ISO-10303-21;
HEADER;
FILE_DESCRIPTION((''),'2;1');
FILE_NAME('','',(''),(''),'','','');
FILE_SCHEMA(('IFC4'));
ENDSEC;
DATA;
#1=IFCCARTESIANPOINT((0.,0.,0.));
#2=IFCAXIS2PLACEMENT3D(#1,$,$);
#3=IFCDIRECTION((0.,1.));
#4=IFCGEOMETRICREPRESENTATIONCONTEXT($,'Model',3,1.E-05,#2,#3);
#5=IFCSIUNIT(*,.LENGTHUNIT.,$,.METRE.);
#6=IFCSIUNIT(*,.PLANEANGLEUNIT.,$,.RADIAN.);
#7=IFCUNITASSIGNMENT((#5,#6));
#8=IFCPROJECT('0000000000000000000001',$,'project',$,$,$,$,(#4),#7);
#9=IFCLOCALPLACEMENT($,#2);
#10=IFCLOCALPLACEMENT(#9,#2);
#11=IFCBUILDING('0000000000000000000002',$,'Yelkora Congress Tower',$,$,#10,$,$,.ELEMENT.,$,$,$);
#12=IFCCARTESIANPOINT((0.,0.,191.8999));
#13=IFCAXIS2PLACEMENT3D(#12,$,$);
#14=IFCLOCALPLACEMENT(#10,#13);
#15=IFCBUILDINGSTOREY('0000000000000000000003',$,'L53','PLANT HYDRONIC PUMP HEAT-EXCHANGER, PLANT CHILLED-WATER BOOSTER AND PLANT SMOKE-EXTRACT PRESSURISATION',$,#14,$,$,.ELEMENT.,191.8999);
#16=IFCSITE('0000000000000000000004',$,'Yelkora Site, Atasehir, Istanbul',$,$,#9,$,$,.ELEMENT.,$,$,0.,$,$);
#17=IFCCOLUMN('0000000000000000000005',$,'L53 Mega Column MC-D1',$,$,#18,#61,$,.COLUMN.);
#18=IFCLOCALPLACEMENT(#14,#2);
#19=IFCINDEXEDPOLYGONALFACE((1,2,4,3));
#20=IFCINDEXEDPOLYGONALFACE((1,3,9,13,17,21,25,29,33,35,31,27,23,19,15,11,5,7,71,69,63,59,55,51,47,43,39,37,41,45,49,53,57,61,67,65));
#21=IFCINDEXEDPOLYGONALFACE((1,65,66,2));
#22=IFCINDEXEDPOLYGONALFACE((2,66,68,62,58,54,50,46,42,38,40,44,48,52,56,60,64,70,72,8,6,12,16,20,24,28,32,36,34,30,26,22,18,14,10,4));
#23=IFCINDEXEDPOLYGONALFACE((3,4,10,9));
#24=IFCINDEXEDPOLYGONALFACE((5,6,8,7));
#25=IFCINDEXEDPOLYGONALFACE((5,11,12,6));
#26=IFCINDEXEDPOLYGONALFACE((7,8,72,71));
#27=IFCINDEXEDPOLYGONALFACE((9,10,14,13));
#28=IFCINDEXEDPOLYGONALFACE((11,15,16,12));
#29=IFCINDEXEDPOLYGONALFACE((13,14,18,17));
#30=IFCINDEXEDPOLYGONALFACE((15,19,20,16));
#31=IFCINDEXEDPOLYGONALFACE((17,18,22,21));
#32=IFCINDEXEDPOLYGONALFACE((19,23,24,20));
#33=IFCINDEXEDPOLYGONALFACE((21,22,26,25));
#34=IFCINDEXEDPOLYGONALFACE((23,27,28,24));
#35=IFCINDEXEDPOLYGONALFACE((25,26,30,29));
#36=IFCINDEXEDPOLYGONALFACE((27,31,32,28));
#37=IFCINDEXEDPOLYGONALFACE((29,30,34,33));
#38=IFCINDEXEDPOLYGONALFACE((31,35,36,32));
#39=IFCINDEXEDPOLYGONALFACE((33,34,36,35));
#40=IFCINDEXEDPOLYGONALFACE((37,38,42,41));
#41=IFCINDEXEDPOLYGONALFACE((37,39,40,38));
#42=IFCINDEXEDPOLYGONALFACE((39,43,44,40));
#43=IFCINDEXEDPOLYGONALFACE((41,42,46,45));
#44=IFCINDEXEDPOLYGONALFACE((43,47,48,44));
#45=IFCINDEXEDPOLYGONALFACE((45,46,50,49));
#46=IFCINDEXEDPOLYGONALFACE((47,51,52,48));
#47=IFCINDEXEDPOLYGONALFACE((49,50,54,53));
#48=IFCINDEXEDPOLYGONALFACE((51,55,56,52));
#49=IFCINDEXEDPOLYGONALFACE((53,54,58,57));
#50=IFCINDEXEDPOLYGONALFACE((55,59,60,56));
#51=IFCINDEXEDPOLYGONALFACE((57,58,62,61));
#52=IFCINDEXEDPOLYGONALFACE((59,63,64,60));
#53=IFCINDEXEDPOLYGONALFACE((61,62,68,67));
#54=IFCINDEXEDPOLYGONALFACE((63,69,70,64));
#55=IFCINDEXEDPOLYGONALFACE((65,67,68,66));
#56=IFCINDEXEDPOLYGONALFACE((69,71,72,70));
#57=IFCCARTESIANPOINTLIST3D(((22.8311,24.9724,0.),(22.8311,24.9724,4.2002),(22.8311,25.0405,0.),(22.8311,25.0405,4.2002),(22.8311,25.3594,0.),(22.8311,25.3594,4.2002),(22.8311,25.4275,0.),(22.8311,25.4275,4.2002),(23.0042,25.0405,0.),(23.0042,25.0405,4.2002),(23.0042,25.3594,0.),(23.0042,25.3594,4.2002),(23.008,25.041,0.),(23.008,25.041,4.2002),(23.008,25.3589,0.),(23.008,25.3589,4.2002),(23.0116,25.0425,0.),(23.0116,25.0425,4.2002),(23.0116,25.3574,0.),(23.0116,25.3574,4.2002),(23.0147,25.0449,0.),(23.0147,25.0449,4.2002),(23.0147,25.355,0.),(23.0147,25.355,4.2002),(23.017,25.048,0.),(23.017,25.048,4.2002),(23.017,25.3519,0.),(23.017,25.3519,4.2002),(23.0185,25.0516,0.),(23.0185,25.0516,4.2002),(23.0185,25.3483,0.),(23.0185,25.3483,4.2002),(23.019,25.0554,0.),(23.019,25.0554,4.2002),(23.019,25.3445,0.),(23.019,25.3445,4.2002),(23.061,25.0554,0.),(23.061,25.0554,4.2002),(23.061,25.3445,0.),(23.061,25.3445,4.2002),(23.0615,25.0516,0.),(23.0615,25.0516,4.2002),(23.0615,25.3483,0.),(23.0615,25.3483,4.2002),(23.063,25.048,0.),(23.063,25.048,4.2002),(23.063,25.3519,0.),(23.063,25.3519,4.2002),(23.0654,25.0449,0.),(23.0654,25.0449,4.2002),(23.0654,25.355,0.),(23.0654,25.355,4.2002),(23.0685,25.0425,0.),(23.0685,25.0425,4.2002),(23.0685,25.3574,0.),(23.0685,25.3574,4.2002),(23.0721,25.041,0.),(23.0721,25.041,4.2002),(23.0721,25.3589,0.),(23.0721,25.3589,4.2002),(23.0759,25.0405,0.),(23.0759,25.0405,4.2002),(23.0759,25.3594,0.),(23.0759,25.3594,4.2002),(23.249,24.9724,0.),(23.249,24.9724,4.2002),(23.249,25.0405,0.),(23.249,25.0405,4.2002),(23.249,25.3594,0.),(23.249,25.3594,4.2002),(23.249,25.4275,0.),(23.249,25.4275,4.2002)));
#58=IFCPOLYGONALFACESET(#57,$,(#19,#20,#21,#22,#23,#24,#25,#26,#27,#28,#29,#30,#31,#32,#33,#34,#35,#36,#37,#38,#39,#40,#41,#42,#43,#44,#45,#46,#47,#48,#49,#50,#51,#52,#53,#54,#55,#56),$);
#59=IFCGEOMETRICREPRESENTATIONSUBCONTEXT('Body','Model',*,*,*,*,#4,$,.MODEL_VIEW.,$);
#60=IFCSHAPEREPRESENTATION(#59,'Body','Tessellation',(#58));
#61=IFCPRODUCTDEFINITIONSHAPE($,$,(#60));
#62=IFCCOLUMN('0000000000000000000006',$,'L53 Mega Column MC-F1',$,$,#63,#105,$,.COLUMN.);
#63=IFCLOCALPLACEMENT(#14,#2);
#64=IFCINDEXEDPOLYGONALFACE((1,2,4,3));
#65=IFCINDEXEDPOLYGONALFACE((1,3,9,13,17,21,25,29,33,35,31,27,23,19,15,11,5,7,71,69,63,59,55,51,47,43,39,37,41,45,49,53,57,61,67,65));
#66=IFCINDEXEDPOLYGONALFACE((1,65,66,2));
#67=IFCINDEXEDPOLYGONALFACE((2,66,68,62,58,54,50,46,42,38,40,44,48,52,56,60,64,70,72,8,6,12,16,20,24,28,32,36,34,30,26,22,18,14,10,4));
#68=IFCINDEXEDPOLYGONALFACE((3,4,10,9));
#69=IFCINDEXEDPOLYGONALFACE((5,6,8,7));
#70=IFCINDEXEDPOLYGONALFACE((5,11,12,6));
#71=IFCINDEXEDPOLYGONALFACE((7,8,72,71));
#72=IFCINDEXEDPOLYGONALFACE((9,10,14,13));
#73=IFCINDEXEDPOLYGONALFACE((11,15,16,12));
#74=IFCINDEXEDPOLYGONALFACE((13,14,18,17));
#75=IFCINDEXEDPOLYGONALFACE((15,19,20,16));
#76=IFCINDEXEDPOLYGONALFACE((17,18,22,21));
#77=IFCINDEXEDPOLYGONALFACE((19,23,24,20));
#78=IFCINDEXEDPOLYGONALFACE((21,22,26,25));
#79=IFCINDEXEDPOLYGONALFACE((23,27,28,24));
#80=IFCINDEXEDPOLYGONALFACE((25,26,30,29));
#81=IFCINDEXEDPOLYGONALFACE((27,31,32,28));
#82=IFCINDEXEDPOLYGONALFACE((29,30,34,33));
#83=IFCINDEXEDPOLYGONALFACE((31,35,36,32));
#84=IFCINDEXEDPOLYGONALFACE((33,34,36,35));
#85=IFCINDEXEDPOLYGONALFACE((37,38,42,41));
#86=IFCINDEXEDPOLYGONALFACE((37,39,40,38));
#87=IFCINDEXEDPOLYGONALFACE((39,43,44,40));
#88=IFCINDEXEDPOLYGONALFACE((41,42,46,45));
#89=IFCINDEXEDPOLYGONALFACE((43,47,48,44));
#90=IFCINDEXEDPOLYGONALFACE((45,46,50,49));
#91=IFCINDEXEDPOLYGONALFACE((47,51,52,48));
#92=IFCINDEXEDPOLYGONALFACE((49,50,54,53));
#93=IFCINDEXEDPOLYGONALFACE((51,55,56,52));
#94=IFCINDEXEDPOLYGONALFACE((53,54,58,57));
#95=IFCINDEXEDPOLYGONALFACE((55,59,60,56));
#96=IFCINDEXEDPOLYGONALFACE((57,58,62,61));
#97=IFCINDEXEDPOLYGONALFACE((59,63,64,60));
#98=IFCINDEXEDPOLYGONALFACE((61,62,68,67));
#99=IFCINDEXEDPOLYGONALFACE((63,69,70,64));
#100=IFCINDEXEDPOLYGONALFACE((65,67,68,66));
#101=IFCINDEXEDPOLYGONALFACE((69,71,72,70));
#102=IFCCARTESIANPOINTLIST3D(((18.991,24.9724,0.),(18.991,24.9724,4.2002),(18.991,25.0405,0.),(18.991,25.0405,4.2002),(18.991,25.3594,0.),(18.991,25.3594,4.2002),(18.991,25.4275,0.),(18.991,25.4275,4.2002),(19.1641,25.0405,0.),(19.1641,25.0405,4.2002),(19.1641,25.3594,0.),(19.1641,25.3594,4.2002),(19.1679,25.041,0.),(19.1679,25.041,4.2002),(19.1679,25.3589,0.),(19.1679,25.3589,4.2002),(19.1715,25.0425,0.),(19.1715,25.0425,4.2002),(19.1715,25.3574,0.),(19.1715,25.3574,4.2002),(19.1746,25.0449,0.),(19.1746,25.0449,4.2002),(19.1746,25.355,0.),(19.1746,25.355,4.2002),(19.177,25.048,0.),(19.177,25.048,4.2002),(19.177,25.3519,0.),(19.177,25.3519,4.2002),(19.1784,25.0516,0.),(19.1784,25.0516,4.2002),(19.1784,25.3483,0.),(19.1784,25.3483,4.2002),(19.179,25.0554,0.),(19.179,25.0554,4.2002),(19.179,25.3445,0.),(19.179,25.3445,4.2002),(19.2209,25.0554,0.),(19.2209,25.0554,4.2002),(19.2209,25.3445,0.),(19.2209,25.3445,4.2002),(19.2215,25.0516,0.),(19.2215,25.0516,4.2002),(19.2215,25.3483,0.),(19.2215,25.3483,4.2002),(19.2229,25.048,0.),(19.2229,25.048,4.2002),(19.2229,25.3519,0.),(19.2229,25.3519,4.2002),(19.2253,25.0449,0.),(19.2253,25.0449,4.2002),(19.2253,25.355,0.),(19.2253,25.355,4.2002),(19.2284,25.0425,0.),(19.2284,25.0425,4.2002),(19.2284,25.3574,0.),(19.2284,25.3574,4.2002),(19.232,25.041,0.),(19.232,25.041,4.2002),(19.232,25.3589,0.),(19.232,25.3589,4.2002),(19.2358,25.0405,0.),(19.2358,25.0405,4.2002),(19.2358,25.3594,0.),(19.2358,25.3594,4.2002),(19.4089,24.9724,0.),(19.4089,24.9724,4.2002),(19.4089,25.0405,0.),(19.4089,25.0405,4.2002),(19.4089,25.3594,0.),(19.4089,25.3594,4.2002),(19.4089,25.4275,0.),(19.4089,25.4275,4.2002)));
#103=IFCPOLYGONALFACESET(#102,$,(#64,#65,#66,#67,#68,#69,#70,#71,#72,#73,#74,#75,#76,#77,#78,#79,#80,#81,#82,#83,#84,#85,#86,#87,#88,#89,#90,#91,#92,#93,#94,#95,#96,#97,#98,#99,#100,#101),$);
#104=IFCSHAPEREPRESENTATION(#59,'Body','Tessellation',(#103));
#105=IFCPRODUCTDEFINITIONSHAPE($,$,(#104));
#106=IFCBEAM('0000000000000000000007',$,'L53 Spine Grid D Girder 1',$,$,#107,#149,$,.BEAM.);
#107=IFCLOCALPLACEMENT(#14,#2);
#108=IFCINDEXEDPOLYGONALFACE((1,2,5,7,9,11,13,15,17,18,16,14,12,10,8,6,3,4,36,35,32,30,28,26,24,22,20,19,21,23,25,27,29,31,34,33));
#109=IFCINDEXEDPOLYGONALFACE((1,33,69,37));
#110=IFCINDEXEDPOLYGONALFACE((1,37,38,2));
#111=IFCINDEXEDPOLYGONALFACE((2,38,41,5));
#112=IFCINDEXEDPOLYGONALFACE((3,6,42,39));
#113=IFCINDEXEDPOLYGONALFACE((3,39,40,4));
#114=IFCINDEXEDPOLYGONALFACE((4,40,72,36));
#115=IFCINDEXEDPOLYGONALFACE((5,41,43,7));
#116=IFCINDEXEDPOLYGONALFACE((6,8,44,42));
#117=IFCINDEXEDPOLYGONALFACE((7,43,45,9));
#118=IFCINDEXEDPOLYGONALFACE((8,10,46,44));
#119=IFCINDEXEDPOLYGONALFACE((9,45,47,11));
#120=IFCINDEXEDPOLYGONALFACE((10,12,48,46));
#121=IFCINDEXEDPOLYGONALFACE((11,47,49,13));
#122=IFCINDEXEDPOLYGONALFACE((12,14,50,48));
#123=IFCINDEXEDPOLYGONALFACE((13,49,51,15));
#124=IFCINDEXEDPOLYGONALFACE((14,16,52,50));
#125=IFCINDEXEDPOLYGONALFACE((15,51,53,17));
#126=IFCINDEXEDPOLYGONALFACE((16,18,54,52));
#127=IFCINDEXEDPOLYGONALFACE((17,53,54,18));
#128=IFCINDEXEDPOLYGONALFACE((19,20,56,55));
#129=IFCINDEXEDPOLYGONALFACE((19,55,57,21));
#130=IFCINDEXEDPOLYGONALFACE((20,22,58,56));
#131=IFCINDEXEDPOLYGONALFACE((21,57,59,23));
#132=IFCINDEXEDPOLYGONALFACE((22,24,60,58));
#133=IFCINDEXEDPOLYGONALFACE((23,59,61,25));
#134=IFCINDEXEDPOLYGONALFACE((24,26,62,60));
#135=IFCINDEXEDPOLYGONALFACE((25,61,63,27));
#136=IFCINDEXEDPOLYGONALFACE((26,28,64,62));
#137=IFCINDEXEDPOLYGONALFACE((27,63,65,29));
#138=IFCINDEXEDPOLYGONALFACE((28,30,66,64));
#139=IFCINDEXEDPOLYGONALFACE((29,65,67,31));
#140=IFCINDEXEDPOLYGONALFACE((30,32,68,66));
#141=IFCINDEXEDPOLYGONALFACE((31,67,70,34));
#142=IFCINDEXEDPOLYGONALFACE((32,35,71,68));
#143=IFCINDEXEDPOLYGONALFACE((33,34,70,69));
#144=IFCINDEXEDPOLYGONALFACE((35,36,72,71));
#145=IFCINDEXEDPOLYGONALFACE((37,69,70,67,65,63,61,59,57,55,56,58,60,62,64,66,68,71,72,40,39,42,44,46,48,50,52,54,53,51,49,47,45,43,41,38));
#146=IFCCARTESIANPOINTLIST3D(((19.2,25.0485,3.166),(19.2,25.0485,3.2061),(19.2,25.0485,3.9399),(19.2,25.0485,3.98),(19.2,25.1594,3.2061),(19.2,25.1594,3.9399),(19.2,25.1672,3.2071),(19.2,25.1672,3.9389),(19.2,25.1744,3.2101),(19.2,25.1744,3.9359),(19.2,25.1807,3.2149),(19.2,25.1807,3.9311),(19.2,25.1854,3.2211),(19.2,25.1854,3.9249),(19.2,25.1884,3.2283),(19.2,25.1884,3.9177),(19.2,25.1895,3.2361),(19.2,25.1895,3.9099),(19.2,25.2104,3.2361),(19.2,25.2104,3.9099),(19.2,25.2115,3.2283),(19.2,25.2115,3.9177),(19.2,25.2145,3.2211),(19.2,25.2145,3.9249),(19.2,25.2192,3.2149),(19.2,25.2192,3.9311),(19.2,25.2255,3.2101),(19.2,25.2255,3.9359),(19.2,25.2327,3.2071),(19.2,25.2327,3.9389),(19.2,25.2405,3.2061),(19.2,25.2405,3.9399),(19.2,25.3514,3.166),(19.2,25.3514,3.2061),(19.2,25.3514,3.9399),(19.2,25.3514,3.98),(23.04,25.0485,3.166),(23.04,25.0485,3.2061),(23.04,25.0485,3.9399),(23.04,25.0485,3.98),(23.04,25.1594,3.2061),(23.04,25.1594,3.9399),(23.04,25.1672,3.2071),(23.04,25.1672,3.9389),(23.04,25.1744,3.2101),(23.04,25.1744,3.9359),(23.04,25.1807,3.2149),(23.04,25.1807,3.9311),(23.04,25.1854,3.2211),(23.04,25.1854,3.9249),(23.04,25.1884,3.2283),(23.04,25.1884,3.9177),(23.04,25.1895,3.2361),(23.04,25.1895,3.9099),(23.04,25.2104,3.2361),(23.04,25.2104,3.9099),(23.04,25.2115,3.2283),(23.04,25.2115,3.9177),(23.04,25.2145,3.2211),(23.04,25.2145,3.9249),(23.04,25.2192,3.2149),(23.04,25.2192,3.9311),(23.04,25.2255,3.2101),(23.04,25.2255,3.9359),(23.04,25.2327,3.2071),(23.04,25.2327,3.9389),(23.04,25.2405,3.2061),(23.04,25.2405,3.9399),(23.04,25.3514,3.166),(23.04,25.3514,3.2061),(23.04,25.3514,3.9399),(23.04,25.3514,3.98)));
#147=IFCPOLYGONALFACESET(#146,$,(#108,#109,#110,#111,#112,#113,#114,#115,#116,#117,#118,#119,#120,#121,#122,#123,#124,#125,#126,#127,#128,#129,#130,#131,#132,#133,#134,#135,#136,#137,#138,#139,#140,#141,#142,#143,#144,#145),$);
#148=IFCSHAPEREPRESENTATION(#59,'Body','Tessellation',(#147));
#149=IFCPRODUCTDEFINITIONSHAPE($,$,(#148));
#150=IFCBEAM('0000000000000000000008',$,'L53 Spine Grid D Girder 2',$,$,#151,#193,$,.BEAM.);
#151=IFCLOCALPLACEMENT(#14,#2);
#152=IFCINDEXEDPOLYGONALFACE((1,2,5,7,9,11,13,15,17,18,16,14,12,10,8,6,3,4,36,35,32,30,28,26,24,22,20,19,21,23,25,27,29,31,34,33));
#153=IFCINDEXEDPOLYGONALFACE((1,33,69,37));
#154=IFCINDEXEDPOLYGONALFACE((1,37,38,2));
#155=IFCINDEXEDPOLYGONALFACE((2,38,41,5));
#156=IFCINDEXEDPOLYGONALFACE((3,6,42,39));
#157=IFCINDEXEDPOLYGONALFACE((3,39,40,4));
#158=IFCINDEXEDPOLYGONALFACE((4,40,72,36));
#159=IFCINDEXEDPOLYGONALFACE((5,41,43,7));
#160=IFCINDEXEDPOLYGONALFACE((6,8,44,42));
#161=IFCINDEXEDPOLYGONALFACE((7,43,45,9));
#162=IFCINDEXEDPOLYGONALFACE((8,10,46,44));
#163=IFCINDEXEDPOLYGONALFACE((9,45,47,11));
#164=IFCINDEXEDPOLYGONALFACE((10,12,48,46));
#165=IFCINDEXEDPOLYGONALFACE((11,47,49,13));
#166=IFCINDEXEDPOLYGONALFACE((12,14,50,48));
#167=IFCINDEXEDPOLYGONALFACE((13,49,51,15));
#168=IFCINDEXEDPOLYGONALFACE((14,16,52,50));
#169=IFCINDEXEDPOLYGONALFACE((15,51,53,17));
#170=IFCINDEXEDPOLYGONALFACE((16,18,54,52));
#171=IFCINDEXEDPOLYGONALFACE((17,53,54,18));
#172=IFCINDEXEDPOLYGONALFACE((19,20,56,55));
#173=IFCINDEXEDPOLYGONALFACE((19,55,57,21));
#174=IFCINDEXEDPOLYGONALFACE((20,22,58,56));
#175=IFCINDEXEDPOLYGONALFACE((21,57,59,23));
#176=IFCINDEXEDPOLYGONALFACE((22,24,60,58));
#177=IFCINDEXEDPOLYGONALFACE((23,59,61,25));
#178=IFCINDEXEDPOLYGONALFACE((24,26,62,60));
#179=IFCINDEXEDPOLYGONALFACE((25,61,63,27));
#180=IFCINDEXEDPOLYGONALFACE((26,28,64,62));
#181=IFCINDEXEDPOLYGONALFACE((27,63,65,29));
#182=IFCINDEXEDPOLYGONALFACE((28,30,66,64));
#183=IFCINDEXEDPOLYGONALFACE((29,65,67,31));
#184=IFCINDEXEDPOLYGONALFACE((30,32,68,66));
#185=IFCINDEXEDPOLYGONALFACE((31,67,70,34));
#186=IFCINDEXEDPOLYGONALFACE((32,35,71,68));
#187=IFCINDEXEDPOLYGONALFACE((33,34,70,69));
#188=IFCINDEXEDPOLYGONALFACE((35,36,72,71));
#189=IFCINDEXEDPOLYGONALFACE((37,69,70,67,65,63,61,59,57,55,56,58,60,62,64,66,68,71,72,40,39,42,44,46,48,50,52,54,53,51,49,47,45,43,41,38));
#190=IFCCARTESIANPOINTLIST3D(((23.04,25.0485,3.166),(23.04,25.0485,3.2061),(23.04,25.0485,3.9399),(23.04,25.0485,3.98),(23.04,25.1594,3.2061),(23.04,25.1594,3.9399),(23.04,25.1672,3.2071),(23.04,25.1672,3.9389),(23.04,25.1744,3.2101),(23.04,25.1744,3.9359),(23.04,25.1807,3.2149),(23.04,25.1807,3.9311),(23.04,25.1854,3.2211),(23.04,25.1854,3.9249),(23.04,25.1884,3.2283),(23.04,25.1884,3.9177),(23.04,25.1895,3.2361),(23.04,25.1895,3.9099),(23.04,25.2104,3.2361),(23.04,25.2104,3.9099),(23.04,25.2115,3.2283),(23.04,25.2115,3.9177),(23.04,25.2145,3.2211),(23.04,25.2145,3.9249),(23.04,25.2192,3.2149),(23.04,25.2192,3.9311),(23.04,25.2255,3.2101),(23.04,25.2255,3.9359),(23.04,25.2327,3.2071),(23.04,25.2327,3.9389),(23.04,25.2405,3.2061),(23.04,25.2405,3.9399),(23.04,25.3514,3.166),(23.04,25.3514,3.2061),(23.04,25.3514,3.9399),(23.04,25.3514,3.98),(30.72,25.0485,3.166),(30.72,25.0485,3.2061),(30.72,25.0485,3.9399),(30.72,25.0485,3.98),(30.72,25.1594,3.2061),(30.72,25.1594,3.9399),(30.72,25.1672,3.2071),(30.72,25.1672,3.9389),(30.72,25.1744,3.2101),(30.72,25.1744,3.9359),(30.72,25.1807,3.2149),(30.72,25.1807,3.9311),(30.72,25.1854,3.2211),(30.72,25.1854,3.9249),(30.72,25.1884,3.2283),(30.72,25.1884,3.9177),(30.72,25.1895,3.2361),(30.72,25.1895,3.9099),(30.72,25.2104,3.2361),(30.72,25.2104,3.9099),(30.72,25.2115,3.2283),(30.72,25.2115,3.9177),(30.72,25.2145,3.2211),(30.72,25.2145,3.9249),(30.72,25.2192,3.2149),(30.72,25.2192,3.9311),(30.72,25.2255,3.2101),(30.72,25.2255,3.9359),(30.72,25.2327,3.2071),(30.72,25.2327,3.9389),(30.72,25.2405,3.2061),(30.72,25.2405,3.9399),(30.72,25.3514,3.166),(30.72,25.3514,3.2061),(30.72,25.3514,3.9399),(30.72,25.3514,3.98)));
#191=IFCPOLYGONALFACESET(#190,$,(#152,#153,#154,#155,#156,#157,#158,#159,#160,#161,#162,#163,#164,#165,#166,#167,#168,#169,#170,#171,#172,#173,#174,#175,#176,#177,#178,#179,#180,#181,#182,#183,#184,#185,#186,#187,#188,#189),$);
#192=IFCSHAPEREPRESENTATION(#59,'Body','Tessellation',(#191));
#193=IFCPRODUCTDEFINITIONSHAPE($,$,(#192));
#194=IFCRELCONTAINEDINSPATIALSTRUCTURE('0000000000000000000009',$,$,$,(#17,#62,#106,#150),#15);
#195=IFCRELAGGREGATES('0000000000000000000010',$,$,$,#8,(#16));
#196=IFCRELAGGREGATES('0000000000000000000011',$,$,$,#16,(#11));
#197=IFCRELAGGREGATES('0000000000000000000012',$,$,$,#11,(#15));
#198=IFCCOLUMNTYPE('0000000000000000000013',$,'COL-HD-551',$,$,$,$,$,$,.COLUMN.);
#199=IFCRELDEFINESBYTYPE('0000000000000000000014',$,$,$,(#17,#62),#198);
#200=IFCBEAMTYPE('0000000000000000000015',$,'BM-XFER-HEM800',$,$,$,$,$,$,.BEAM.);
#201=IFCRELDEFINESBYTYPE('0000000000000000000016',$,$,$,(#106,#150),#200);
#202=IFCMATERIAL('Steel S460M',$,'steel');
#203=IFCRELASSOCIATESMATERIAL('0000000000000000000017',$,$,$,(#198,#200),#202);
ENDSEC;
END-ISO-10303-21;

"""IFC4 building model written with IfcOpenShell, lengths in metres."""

from ifc_helpers import new_model, si_unit, direction, frame, origin, origin_2d, place, context, subcontext, project, spatial, i_section, extrude, material, material_profile, profile_set, type_object, element, save


model = new_model("IFC4")

# Units and contexts
model_context = context("Model", 3, precision=1e-05, world=origin(), true_north=direction((0.0, 1.0)))
body_context = subcontext(model_context, "Body", "Model", "MODEL_VIEW")
ifc_project = project(units=[si_unit("LENGTHUNIT", "METRE"), si_unit("PLANEANGLEUNIT", "RADIAN")], contexts=[model_context])

# Site, building, storey
site_placement = place(None, origin())
site = spatial("IfcSite", under=ifc_project, at=site_placement, Name="Yelkora Site, Atasehir, Istanbul", CompositionType="ELEMENT", RefElevation=0.0)
building_placement = place(site_placement, origin())
building = spatial("IfcBuilding", under=site, at=building_placement, Name="Yelkora Congress Tower", CompositionType="ELEMENT")
storey_placement = place(building_placement, frame((0.0, 0.0, 191.8999)))
storey = spatial("IfcBuildingStorey", under=building, at=storey_placement, Name="L53", Description="PLANT HYDRONIC PUMP HEAT-EXCHANGER, PLANT CHILLED-WATER BOOSTER AND PLANT SMOKE-EXTRACT PRESSURISATION", CompositionType="ELEMENT", Elevation=191.8999)

# Columns
ifc_material_1 = material(Name="Steel S460M", Category="steel")
ifc_material_profile_1 = material_profile(ifc_material_1, i_section(OverallWidth=0.418, OverallDepth=0.4551, WebThickness=0.042, FlangeThickness=0.0681, FilletRadius=0.0149, at=origin_2d()), Name="HD 400x551")
ifc_profile_set_1 = profile_set([ifc_material_profile_1], Name="Steel S460M")
column_type = type_object("IfcColumnType", Name="COL-HD-551", PredefinedType="COLUMN", material=ifc_profile_set_1)
for number, where, z_axis, x_axis, name in (
    (1, (23.04, 25.2, 0.0), (0.0, 0.0, 1.0), (1.0, 0.0, 0.0), "L53 Mega Column MC-D1"),
    (2, (19.2, 25.2, 0.0), (0.0, 0.0, 1.0), (1.0, 0.0, 0.0), "L53 Mega Column MC-F1"),
):
    element("IfcColumn", number, at=place(storey_placement, frame(where, z_axis=z_axis, x_axis=x_axis)), inside=storey, type_object=column_type, Name=name, PredefinedType="COLUMN", context=body_context, shape_type="SweptSolid", body=[
        extrude(i_section(OverallWidth=0.418, OverallDepth=0.4551, WebThickness=0.042, FlangeThickness=0.0681, FilletRadius=0.0149, at=origin_2d()), origin(), (0.0, 0.0, 1.0), 4.2002),
    ])

# Beams
ifc_material_profile_2 = material_profile(ifc_material_1, i_section(OverallWidth=0.303, OverallDepth=0.814, WebThickness=0.021, FlangeThickness=0.04, FilletRadius=0.03, at=origin_2d()), Name="HEM 800")
ifc_profile_set_2 = profile_set([ifc_material_profile_2], Name="Steel S460M")
beam_type = type_object("IfcBeamType", Name="BM-XFER-HEM800", PredefinedType="BEAM", material=ifc_profile_set_2)
beam_1_placement = place(storey_placement, frame((19.2, 25.2, 3.573), z_axis=(1.0, 0.0, 0.0), x_axis=(0.0, 1.0, 0.0)))
element("IfcBeam", 3, at=beam_1_placement, inside=storey, type_object=beam_type, Name="L53 Spine Grid D Girder 1", PredefinedType="BEAM", context=body_context, shape_type="SweptSolid", body=[
    extrude(i_section(OverallWidth=0.303, OverallDepth=0.814, WebThickness=0.021, FlangeThickness=0.04, FilletRadius=0.03, at=origin_2d()), origin(), (0.0, 0.0, 1.0), 3.8401),
])
beam_2_placement = place(storey_placement, frame((23.04, 25.2, 3.573), z_axis=(1.0, 0.0, 0.0), x_axis=(0.0, 1.0, 0.0)))
element("IfcBeam", 4, at=beam_2_placement, inside=storey, type_object=beam_type, Name="L53 Spine Grid D Girder 2", PredefinedType="BEAM", context=body_context, shape_type="SweptSolid", body=[
    extrude(i_section(OverallWidth=0.303, OverallDepth=0.814, WebThickness=0.021, FlangeThickness=0.04, FilletRadius=0.03, at=origin_2d()), origin(), (0.0, 0.0, 1.0), 7.6799),
])

save(model, "model.ifc")
